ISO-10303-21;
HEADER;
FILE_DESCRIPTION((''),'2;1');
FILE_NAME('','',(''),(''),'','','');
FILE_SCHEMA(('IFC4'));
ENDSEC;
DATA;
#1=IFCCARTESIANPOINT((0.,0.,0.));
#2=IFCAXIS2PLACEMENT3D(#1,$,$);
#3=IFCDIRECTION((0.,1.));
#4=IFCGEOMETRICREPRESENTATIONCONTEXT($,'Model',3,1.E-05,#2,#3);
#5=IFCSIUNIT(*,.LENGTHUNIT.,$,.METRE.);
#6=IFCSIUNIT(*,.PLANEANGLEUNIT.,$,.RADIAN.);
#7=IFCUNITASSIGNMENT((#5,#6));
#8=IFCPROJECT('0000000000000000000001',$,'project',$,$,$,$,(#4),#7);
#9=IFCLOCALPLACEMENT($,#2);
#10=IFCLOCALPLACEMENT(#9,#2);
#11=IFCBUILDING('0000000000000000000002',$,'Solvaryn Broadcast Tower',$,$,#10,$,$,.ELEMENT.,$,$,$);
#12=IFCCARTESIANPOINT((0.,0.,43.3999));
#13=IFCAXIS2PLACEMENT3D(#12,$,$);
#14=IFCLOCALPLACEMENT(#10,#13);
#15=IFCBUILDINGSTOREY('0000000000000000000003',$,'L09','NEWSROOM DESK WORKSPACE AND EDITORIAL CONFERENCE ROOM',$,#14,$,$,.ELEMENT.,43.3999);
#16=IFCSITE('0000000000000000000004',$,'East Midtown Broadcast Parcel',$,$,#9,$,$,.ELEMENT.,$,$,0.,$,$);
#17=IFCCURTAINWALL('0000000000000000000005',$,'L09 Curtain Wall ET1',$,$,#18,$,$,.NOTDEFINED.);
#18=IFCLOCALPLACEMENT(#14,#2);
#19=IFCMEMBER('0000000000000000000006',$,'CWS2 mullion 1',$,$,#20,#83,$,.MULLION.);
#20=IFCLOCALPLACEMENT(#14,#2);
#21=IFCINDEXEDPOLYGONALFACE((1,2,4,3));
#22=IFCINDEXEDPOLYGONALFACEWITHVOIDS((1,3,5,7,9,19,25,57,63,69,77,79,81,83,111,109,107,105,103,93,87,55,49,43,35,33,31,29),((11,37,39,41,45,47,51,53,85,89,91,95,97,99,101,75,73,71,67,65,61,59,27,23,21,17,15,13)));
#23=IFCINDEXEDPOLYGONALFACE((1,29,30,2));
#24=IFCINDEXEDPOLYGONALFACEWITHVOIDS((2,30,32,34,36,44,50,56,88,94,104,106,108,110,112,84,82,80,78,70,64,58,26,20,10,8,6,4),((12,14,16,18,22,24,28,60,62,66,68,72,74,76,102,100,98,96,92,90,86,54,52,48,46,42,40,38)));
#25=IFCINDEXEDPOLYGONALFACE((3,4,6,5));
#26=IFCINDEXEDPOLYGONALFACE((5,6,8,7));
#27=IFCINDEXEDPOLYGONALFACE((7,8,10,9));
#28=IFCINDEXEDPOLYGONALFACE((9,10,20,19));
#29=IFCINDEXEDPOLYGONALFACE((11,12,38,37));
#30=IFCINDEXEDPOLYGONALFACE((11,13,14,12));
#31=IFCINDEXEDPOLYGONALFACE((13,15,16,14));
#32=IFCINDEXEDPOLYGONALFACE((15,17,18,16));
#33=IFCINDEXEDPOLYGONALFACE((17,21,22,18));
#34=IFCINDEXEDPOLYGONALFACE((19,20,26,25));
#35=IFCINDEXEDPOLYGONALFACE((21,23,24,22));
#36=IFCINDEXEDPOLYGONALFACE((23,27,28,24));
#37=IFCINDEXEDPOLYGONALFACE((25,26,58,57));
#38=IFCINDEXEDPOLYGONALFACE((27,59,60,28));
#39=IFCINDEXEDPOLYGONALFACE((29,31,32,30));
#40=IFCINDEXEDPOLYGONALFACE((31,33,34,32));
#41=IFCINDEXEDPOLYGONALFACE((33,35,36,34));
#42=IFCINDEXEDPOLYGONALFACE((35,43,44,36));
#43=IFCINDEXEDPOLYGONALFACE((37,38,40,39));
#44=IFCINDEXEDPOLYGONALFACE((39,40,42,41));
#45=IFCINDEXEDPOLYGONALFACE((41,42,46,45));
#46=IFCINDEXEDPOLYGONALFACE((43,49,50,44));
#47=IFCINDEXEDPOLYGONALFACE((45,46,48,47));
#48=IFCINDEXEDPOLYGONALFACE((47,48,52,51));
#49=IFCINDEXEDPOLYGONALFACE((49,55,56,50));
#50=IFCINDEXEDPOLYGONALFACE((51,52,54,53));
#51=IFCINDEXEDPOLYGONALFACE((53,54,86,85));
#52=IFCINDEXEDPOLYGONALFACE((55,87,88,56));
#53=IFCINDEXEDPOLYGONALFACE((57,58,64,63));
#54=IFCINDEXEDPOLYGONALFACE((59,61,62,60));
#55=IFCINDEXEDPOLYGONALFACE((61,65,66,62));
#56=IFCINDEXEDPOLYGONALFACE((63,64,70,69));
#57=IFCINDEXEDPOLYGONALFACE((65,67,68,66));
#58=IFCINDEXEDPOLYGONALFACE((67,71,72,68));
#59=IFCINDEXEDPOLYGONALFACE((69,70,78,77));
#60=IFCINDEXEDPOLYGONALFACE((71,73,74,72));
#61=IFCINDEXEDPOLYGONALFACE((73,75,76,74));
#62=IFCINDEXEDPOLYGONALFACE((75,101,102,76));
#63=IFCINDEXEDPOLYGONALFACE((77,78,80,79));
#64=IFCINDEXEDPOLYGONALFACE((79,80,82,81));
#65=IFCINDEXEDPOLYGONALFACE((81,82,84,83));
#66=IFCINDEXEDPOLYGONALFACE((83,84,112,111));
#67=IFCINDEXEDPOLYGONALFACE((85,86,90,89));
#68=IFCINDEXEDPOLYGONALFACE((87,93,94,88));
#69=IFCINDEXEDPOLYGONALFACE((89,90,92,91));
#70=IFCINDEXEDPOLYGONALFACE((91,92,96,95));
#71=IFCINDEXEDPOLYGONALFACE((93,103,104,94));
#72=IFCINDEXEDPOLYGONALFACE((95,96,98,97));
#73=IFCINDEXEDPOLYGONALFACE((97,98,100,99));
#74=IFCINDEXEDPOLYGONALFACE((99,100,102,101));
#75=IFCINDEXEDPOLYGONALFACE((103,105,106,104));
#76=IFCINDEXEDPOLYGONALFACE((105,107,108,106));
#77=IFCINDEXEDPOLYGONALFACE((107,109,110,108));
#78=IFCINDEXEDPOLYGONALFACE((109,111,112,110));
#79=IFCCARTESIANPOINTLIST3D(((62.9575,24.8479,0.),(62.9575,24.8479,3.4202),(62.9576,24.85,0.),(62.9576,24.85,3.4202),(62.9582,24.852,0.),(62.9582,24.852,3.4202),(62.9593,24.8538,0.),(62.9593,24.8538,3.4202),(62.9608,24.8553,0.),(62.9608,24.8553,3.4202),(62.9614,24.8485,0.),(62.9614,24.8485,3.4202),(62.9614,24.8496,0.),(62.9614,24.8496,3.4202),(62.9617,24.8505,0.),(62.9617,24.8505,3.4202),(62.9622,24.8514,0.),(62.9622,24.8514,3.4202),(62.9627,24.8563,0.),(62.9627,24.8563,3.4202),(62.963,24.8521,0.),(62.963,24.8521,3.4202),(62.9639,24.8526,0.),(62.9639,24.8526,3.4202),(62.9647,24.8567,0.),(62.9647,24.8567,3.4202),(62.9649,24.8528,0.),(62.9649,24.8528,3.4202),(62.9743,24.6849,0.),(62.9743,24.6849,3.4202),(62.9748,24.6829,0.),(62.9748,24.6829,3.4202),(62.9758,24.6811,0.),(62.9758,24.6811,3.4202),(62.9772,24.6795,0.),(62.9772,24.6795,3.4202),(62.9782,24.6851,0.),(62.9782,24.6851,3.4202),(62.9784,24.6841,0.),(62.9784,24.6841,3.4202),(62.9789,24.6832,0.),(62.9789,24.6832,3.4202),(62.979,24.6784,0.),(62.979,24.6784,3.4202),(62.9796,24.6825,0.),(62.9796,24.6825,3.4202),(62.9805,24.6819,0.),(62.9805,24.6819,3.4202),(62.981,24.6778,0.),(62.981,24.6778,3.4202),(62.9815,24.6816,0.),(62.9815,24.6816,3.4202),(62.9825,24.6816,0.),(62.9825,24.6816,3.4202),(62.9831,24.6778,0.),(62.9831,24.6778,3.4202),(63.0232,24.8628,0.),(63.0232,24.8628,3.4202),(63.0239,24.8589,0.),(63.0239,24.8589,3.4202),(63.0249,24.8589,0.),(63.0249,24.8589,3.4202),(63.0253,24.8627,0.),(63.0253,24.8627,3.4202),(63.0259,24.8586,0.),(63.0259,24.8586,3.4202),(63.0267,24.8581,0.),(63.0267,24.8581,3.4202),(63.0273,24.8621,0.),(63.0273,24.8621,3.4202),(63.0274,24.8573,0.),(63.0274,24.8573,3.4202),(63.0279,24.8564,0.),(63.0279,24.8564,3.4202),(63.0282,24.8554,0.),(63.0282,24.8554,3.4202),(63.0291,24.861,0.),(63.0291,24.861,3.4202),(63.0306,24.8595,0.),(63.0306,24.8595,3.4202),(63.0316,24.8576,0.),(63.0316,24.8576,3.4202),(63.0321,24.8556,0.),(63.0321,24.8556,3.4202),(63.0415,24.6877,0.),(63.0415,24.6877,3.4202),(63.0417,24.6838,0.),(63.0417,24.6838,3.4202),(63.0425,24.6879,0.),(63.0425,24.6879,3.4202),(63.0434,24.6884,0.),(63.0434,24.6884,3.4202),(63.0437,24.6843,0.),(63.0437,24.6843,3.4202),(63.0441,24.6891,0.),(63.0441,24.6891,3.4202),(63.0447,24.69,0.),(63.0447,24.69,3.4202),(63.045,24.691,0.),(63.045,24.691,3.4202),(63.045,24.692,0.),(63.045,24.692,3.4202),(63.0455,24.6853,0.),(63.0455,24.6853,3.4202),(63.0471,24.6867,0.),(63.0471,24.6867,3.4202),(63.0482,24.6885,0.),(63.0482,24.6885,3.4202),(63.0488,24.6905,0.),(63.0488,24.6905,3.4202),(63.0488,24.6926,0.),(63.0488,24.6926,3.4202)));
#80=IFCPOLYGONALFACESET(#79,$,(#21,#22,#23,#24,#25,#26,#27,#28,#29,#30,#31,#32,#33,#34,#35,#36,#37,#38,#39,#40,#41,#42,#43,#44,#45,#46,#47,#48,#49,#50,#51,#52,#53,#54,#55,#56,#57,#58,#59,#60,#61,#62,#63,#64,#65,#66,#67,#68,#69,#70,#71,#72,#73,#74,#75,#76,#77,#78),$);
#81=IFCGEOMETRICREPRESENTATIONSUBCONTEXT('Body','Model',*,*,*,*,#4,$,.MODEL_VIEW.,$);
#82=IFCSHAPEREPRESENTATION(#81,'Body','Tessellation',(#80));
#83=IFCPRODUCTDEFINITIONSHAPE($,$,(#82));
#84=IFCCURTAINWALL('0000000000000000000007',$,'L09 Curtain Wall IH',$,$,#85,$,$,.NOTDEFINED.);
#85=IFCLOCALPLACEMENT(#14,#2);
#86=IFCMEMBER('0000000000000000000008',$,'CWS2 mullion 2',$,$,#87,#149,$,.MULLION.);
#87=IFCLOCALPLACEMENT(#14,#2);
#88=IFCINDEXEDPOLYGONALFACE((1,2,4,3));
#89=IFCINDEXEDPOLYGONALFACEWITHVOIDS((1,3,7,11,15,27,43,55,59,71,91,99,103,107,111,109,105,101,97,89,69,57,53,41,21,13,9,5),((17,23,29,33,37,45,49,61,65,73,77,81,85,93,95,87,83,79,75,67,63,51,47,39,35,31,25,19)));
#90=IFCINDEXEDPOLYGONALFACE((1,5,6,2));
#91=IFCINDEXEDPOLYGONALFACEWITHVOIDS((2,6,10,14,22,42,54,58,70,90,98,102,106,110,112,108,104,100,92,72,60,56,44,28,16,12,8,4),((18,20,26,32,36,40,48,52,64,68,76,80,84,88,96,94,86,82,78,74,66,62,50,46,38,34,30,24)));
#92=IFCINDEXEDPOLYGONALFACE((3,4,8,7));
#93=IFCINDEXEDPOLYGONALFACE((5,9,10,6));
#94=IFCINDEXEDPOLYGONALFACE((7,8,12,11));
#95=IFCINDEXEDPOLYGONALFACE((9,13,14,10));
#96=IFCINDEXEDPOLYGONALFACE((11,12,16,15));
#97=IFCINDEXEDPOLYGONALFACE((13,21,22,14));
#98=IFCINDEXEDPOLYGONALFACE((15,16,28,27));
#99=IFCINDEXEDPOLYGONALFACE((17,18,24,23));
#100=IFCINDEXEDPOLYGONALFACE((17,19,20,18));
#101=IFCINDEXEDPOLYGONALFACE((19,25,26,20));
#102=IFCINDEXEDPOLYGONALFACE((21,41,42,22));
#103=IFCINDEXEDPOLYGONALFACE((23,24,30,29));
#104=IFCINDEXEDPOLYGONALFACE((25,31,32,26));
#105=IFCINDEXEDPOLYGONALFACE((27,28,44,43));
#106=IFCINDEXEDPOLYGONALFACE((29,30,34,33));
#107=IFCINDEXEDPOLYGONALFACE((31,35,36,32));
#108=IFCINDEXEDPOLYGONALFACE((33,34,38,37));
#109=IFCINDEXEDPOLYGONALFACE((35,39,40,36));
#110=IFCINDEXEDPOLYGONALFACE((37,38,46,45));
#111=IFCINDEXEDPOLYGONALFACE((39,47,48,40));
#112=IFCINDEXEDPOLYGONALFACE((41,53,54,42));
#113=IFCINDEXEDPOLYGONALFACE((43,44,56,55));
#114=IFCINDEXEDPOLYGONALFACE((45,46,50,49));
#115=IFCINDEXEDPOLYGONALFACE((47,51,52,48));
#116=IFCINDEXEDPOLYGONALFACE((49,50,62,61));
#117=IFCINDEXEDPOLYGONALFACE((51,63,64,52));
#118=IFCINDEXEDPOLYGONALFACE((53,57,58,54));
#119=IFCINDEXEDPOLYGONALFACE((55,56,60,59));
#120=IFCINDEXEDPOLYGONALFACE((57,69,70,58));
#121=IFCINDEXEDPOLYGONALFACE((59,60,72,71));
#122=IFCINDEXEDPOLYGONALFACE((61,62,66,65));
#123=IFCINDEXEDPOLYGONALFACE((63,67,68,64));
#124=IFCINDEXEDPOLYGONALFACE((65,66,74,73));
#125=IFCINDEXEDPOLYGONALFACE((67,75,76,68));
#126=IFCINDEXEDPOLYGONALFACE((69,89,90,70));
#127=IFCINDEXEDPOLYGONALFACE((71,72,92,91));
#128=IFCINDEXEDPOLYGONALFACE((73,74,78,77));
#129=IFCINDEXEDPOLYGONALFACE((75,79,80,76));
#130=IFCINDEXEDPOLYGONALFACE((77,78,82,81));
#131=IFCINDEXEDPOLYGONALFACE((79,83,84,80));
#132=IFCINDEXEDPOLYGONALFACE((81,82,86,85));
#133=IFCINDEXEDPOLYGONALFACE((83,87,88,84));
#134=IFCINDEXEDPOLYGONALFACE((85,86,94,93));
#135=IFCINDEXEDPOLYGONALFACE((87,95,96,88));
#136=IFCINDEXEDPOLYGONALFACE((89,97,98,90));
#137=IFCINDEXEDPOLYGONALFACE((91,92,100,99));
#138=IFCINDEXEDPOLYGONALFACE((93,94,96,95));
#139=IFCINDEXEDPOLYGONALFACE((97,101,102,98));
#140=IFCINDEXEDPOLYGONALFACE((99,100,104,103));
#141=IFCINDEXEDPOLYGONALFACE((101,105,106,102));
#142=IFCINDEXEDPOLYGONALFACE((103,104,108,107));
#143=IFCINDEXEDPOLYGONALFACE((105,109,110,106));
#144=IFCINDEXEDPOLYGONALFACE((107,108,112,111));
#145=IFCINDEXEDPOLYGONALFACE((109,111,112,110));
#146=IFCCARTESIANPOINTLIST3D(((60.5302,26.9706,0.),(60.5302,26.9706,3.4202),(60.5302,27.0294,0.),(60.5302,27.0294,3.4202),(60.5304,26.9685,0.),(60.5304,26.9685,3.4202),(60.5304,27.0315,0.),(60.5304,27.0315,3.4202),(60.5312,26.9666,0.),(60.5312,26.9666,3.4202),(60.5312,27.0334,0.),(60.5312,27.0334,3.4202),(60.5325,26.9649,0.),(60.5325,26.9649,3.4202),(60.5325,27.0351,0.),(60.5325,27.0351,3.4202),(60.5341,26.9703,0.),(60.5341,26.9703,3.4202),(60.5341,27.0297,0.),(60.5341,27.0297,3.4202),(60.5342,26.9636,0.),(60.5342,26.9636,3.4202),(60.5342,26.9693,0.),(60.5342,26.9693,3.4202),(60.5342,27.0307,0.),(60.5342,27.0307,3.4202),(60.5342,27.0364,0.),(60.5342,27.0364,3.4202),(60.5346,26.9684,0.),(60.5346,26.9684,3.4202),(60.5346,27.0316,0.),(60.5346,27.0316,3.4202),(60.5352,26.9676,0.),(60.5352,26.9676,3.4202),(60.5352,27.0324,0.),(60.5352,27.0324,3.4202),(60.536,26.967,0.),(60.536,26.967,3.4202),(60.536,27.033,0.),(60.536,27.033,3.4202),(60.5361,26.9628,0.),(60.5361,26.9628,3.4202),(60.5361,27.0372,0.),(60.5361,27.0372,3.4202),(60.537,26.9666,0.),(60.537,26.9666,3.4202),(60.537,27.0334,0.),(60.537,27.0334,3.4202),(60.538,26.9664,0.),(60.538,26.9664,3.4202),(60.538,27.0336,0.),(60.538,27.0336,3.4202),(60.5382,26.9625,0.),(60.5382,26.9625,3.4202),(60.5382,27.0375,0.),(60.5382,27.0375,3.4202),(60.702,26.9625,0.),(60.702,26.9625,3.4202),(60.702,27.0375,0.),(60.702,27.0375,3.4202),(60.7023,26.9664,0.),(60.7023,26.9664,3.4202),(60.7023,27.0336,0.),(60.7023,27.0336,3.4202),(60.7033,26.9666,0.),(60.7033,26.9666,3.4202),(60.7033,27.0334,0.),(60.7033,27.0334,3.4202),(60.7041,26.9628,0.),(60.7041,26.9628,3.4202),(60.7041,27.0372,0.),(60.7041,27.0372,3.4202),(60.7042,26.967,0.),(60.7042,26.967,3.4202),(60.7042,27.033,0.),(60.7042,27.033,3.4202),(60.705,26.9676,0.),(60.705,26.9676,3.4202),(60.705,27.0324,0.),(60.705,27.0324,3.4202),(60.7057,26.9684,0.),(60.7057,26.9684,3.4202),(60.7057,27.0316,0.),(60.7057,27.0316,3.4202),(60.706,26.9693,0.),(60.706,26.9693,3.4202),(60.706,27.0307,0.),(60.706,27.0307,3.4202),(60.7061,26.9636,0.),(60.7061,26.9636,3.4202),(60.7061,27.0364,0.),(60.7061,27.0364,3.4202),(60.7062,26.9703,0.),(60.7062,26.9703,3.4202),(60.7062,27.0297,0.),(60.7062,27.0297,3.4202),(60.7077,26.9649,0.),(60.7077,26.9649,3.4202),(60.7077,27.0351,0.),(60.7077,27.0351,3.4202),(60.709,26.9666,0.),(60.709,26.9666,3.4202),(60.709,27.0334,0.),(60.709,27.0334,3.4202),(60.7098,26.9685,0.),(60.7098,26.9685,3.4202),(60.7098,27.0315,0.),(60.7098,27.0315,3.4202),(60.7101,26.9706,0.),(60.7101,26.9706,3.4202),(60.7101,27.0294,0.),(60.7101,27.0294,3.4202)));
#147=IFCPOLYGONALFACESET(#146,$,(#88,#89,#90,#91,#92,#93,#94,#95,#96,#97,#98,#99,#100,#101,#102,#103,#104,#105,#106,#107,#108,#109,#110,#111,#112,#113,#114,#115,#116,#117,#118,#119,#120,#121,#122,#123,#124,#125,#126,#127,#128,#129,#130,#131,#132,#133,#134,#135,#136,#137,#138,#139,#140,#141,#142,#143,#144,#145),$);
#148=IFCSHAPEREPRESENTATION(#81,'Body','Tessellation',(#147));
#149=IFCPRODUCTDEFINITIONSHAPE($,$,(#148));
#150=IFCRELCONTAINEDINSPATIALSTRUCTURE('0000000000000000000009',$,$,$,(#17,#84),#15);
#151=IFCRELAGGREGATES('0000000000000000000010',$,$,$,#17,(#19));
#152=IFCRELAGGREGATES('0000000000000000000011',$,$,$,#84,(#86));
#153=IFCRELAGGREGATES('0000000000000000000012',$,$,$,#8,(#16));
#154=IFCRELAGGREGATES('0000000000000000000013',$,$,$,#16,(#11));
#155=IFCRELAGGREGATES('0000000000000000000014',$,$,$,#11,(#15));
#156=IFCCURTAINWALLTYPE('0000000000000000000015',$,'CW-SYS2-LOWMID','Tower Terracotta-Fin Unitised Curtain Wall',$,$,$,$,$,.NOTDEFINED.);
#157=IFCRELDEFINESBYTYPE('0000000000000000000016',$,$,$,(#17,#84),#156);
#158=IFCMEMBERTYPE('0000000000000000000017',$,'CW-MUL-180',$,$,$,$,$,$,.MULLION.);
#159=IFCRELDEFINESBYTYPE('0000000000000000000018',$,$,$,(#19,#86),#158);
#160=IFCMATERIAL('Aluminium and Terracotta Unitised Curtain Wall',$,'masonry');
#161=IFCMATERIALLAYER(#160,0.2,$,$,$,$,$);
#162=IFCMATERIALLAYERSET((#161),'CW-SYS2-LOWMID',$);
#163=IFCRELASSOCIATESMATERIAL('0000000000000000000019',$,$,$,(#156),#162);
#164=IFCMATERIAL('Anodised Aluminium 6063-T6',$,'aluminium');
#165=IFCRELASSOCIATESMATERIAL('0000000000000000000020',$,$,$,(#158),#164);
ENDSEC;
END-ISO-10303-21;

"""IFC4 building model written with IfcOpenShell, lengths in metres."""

from ifc_helpers import new_model, si_unit, direction, frame, origin, origin_2d, place, context, subcontext, project, spatial, hollow_rectangle, extrude, material, layer, layer_set, material_profile, profile_set, type_object, element, aggregate, save


model = new_model("IFC4")

# Units and contexts
model_context = context("Model", 3, precision=1e-05, world=origin(), true_north=direction((0.0, 1.0)))
body_context = subcontext(model_context, "Body", "Model", "MODEL_VIEW")
ifc_project = project(units=[si_unit("LENGTHUNIT", "METRE"), si_unit("PLANEANGLEUNIT", "RADIAN")], contexts=[model_context])

# Site, building, storey
site_placement = place(None, origin())
site = spatial("IfcSite", under=ifc_project, at=site_placement, Name="East Midtown Broadcast Parcel", CompositionType="ELEMENT", RefElevation=0.0)
building_placement = place(site_placement, origin())
building = spatial("IfcBuilding", under=site, at=building_placement, Name="Solvaryn Broadcast Tower", CompositionType="ELEMENT")
storey_placement = place(building_placement, frame((0.0, 0.0, 43.3999)))
storey = spatial("IfcBuildingStorey", under=building, at=storey_placement, Name="L09", Description="NEWSROOM DESK WORKSPACE AND EDITORIAL CONFERENCE ROOM", CompositionType="ELEMENT", Elevation=43.3999)

# Curtain walls, members
ifc_material_1 = material(Name="Aluminium and Terracotta Unitised Curtain Wall", Category="masonry")
ifc_layer_1 = layer(ifc_material_1, 0.2)
ifc_layer_set_1 = layer_set([ifc_layer_1], Name="CW-SYS2-LOWMID")
curtain_wall_type = type_object("IfcCurtainWallType", Name="CW-SYS2-LOWMID", Description="Tower Terracotta-Fin Unitised Curtain Wall", PredefinedType="NOTDEFINED", material=ifc_layer_set_1)
curtain_wall_1_placement = place(storey_placement, origin())
curtain_wall_1 = element("IfcCurtainWall", 1, at=curtain_wall_1_placement, inside=storey, type_object=curtain_wall_type, Name="L09 Curtain Wall ET1", PredefinedType="NOTDEFINED")
ifc_material_2 = material(Name="Anodised Aluminium 6063-T6", Category="aluminium")
ifc_material_profile_1 = material_profile(ifc_material_2, hollow_rectangle(XDim=0.075, YDim=0.1799, WallThickness=0.0039, InnerFilletRadius=0.0039, OuterFilletRadius=0.0081, at=origin_2d()))
ifc_profile_set_1 = profile_set([ifc_material_profile_1], Name="Anodised Aluminium 6063-T6")
member_type_1 = type_object("IfcMemberType", Name="CW-MUL-180", PredefinedType="MULLION", material=ifc_profile_set_1)
member_1_placement = place(storey_placement, frame((63.0032, 24.7703, 0.0), z_axis=(0.0, 0.0, 1.0), x_axis=(0.994743, 0.1024, 0.0)))
member_1 = element("IfcMember", 2, at=member_1_placement, type_object=member_type_1, Name="CWS2 mullion 1", PredefinedType="MULLION", context=body_context, shape_type="SweptSolid", body=[
    extrude(hollow_rectangle(XDim=0.075, YDim=0.1799, WallThickness=0.0039, InnerFilletRadius=0.0039, OuterFilletRadius=0.0081, at=origin_2d()), origin(), (0.0, 0.0, 1.0), 3.4202),
])
curtain_wall_2_placement = place(storey_placement, origin())
curtain_wall_2 = element("IfcCurtainWall", 3, at=curtain_wall_2_placement, inside=storey, type_object=curtain_wall_type, Name="L09 Curtain Wall IH", PredefinedType="NOTDEFINED")
member_2_placement = place(storey_placement, frame((60.6201, 27.0, 0.0), z_axis=(0.0, 0.0, 1.0), x_axis=(0.0, 1.0, 0.0)))
member_2 = element("IfcMember", 4, at=member_2_placement, type_object=member_type_1, Name="CWS2 mullion 2", PredefinedType="MULLION", context=body_context, shape_type="SweptSolid", body=[
    extrude(hollow_rectangle(XDim=0.075, YDim=0.1799, WallThickness=0.0039, InnerFilletRadius=0.0039, OuterFilletRadius=0.0081, at=origin_2d()), origin(), (0.0, 0.0, 1.0), 3.4202),
])

aggregate(curtain_wall_1, [member_1])
aggregate(curtain_wall_2, [member_2])

save(model, "model.ifc")
